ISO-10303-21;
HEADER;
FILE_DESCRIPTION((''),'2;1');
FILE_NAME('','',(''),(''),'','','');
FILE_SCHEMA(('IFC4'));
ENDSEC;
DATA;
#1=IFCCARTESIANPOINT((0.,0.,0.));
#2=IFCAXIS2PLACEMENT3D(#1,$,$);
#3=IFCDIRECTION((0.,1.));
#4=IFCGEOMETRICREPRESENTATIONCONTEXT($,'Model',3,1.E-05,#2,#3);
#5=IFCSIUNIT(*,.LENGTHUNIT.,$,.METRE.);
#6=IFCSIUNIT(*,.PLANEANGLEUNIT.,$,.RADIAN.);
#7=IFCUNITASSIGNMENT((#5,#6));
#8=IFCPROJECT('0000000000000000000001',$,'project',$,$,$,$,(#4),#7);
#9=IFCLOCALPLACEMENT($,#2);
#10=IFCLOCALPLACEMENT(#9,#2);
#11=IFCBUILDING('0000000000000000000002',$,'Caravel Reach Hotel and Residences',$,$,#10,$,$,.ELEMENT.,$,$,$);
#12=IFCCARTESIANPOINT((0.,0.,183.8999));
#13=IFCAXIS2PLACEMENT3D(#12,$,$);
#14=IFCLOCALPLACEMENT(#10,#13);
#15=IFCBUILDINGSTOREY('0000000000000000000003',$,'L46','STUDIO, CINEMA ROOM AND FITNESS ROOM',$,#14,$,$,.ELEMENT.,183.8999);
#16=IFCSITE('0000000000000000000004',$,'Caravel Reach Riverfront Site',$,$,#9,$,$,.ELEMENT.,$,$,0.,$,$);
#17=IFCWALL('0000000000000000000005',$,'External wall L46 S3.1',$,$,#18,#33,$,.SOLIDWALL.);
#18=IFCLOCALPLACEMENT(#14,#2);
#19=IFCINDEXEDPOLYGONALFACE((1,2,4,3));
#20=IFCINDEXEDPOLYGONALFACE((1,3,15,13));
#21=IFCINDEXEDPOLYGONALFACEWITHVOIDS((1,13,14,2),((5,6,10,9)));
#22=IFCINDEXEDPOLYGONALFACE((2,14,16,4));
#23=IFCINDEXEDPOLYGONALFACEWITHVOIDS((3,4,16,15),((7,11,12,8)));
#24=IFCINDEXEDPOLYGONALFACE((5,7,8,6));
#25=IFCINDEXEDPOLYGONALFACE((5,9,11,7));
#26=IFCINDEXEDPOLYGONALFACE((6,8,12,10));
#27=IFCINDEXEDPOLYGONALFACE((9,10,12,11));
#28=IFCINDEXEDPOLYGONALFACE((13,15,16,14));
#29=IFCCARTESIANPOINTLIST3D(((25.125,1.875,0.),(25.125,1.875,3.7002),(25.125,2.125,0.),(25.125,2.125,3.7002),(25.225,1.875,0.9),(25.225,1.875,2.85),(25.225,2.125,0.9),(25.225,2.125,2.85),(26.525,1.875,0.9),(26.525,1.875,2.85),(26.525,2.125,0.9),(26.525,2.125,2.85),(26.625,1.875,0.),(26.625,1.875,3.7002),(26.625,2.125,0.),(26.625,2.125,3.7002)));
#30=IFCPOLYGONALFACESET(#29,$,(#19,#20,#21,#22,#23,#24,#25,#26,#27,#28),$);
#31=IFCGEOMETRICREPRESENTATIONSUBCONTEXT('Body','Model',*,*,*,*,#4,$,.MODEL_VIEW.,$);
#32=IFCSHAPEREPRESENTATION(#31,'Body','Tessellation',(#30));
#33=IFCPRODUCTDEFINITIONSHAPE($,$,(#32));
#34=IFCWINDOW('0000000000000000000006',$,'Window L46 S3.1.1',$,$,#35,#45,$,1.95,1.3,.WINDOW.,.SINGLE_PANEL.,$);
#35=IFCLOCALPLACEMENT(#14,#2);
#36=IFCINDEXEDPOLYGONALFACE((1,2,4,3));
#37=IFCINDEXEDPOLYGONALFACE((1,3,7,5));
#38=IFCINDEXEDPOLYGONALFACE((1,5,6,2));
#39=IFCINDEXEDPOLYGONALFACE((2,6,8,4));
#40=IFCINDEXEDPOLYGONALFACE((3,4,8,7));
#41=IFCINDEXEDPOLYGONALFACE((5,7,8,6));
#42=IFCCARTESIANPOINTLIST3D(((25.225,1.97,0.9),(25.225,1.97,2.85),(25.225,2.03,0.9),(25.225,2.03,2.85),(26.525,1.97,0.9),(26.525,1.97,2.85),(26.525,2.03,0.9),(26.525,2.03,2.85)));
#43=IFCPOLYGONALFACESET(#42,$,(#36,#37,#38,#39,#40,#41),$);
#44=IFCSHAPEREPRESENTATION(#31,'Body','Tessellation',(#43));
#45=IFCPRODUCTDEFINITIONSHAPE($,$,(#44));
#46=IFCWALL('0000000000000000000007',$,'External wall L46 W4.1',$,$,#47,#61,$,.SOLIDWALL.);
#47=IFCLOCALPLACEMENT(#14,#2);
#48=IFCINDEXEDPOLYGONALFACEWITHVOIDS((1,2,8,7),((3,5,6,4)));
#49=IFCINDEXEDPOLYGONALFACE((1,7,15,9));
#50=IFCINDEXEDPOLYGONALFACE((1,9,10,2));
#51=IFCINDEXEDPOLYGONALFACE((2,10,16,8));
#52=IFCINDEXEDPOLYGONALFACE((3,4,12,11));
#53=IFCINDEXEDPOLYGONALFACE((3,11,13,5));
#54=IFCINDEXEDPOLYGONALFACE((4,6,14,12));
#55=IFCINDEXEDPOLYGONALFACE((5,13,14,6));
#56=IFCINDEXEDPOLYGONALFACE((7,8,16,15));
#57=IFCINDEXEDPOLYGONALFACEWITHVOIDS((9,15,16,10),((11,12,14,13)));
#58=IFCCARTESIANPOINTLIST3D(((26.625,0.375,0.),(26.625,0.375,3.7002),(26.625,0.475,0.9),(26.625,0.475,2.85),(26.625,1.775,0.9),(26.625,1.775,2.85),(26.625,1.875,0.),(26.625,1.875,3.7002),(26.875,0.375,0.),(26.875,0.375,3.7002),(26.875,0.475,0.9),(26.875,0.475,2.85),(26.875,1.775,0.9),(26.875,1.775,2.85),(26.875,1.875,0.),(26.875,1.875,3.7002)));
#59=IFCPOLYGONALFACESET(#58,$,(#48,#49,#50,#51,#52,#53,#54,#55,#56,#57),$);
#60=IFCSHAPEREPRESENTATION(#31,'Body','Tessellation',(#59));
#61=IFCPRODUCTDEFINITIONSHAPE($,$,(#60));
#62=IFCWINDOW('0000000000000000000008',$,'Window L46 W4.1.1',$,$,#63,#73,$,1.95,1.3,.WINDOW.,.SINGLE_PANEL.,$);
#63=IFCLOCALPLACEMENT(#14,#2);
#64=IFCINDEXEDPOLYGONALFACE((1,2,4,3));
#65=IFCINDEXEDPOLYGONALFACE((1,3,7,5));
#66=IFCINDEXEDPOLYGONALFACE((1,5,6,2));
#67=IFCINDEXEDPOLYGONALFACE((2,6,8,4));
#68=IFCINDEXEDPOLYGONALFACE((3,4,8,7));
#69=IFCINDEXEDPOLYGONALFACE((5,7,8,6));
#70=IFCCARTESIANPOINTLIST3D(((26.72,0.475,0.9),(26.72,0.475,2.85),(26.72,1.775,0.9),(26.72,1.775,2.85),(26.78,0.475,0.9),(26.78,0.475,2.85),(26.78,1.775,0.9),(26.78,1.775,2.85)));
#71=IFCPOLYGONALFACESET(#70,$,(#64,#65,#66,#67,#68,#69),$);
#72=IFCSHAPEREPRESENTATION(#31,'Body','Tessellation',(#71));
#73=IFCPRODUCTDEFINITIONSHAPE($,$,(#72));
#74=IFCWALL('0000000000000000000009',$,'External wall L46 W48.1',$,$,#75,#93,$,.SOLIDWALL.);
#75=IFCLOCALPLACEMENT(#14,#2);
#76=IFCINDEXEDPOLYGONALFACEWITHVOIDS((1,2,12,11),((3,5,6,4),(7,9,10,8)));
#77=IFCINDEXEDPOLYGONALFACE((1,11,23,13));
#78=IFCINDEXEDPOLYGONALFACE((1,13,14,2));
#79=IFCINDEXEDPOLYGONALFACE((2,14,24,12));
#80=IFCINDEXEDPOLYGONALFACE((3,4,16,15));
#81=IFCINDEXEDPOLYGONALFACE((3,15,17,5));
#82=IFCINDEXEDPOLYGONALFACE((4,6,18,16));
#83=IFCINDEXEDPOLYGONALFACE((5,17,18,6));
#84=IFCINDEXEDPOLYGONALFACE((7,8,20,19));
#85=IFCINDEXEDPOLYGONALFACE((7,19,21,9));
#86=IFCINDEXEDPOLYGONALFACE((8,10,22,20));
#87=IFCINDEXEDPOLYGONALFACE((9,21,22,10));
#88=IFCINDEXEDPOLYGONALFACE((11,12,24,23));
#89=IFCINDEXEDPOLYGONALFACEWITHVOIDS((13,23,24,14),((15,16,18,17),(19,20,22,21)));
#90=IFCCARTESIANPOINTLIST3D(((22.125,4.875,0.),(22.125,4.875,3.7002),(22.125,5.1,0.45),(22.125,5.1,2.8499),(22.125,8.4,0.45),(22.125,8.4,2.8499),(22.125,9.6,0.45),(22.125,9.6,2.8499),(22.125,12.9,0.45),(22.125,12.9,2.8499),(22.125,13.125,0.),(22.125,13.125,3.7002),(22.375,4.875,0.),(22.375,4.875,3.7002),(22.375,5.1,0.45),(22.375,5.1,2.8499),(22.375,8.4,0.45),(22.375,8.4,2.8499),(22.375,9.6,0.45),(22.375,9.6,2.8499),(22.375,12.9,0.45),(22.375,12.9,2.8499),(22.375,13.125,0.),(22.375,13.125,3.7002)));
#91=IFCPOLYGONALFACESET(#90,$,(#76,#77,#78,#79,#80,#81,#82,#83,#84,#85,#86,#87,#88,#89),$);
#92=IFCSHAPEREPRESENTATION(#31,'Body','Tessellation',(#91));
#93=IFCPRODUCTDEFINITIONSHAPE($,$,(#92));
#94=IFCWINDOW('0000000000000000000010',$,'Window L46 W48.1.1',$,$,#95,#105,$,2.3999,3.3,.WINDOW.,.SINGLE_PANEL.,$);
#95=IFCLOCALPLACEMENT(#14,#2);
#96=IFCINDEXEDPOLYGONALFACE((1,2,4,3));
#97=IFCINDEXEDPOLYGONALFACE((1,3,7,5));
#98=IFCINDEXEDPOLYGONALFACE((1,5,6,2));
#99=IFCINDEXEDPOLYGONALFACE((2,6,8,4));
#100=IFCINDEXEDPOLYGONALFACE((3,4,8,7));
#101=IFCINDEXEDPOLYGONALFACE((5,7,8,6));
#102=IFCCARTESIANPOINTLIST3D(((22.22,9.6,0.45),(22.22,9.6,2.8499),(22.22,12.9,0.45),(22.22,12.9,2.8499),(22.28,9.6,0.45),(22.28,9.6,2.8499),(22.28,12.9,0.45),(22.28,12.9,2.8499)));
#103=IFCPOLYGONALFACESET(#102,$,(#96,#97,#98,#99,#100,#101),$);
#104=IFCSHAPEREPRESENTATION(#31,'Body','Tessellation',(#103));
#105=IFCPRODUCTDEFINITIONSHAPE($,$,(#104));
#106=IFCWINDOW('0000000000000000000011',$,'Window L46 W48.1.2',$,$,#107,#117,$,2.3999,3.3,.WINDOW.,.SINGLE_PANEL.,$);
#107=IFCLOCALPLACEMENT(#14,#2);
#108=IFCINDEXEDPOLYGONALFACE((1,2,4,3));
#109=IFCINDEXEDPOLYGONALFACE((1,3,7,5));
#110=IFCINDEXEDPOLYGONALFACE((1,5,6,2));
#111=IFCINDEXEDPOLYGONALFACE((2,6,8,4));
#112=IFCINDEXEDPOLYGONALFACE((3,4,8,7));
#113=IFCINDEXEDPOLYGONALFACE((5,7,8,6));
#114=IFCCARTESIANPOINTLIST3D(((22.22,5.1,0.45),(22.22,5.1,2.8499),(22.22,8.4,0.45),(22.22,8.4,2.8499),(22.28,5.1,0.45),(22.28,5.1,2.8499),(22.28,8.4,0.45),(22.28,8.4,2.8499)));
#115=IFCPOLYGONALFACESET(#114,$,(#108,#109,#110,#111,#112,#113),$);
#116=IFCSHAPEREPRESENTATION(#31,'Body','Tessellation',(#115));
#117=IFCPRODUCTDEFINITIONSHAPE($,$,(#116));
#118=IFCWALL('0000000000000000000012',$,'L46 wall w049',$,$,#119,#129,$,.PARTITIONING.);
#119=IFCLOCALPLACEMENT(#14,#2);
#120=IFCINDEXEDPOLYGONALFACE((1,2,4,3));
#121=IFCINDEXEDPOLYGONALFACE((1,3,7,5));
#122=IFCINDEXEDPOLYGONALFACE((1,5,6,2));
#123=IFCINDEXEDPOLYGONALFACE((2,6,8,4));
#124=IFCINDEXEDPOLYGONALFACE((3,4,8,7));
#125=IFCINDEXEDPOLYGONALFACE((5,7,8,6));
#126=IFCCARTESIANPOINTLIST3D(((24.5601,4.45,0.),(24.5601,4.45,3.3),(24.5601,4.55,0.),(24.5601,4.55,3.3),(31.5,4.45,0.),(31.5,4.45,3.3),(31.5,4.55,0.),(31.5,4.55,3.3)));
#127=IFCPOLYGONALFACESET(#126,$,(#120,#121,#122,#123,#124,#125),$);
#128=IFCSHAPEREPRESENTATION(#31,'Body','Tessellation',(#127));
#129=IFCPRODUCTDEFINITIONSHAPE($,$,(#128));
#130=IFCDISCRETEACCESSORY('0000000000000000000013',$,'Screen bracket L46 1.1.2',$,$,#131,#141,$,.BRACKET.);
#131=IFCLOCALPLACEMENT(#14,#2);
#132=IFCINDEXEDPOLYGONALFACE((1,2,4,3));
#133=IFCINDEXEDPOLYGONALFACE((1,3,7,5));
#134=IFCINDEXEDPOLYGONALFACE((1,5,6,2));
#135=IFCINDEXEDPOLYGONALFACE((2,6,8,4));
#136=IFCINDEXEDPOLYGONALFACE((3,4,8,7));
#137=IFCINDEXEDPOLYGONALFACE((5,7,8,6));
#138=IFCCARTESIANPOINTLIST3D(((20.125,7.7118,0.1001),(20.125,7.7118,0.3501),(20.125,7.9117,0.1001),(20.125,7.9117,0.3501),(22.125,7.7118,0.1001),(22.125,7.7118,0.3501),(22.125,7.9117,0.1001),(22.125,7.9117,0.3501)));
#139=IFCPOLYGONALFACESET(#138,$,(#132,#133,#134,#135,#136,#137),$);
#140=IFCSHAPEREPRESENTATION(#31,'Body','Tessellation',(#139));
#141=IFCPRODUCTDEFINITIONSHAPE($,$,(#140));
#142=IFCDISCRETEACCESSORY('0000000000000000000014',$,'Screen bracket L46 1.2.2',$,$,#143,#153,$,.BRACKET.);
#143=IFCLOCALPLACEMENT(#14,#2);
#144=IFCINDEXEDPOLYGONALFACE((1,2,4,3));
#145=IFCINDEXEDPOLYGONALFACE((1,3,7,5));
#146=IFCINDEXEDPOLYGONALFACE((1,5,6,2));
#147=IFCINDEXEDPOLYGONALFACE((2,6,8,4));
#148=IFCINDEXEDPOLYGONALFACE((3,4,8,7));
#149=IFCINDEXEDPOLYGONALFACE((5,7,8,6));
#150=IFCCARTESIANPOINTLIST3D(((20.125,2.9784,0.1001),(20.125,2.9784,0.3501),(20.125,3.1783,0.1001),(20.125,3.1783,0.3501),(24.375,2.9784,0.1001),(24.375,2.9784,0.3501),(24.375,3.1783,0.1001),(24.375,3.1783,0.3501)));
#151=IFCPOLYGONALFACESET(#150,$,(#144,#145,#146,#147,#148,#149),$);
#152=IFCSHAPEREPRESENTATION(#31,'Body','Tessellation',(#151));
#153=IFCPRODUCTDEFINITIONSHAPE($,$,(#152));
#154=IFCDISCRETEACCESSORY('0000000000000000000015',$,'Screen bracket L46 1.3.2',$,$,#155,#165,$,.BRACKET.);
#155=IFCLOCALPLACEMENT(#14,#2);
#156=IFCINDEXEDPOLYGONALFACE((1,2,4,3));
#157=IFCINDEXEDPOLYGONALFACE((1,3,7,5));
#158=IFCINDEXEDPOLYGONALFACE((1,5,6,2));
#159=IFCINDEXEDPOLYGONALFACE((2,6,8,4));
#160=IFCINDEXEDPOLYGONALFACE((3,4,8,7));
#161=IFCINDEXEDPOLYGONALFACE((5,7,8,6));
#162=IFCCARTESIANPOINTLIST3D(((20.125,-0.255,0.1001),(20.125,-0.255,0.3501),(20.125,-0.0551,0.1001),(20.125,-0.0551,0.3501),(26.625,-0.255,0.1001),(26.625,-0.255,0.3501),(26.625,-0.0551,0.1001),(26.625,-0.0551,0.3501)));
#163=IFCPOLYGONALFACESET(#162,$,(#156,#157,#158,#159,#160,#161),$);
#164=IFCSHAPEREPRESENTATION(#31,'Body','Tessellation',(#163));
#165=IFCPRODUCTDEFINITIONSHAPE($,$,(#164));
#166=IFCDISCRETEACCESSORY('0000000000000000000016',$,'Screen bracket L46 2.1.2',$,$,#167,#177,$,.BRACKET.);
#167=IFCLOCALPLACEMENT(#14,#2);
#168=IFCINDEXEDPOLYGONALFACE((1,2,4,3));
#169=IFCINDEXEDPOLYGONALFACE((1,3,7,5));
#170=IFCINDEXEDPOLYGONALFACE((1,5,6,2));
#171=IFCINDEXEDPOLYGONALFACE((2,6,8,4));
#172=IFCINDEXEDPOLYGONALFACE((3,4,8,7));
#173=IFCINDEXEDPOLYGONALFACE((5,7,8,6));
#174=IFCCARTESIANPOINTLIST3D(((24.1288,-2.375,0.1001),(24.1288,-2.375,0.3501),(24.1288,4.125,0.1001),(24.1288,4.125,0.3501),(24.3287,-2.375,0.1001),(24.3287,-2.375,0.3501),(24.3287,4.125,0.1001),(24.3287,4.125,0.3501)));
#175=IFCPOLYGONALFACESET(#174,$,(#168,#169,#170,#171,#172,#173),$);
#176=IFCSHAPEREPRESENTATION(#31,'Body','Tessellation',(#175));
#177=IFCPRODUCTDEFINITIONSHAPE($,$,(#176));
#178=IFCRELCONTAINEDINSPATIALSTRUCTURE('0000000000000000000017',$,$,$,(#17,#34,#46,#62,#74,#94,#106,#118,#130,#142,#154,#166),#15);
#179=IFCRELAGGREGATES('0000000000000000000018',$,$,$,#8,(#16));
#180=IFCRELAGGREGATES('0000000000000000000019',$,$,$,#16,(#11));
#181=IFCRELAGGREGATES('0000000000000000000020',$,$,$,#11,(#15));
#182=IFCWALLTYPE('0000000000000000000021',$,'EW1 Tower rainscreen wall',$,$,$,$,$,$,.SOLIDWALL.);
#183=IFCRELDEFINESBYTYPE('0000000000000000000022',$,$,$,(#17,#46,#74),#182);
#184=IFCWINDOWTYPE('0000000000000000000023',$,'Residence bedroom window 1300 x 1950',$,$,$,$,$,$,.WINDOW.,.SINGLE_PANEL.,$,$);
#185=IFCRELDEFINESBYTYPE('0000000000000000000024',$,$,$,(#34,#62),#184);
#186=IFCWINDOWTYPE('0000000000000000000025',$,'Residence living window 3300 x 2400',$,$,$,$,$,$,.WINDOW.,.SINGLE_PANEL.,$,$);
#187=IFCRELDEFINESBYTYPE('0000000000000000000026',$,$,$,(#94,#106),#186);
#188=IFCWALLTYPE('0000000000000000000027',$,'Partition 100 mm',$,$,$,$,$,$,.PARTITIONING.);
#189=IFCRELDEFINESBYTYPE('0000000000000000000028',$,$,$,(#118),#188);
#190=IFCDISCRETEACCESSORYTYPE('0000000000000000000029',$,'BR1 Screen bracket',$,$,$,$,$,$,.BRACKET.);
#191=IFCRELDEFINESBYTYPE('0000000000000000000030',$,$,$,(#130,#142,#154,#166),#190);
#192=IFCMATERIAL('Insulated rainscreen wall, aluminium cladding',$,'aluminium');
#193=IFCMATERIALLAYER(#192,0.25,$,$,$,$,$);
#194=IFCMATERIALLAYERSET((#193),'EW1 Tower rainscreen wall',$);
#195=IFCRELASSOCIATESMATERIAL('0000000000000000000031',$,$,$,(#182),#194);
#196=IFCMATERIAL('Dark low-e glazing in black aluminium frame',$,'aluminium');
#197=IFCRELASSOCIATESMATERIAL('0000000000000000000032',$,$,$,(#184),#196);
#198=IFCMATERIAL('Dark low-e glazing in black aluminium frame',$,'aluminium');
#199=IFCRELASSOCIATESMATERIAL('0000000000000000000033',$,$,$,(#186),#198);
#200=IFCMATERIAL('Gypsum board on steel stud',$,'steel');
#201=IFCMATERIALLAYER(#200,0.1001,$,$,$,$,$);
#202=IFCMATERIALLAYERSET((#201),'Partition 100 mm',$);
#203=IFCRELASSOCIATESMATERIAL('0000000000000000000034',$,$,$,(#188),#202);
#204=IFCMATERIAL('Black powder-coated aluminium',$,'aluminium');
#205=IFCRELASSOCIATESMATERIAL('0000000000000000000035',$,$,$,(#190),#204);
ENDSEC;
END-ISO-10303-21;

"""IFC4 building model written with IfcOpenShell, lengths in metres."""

from ifc_helpers import new_model, si_unit, direction, frame, frame_2d, origin, origin_2d, place, context, subcontext, project, spatial, rectangle, extrude, material, layer, layer_set, type_object, element, fill, save


model = new_model("IFC4")

# Units and contexts
model_context = context("Model", 3, precision=1e-05, world=origin(), true_north=direction((0.0, 1.0)))
body_context = subcontext(model_context, "Body", "Model", "MODEL_VIEW")
ifc_project = project(units=[si_unit("LENGTHUNIT", "METRE"), si_unit("PLANEANGLEUNIT", "RADIAN")], contexts=[model_context])

# Site, building, storey
site_placement = place(None, origin())
site = spatial("IfcSite", under=ifc_project, at=site_placement, Name="Caravel Reach Riverfront Site", CompositionType="ELEMENT", RefElevation=0.0)
building_placement = place(site_placement, origin())
building = spatial("IfcBuilding", under=site, at=building_placement, Name="Caravel Reach Hotel and Residences", CompositionType="ELEMENT")
storey_placement = place(building_placement, frame((0.0, 0.0, 183.8999)))
storey = spatial("IfcBuildingStorey", under=building, at=storey_placement, Name="L46", Description="STUDIO, CINEMA ROOM AND FITNESS ROOM", CompositionType="ELEMENT", Elevation=183.8999)

# Walls, openings, windows
ifc_material_1 = material(Name="Insulated rainscreen wall, aluminium cladding", Category="aluminium")
ifc_layer_1 = layer(ifc_material_1, 0.25)
ifc_layer_set_1 = layer_set([ifc_layer_1], Name="EW1 Tower rainscreen wall")
wall_type_1 = type_object("IfcWallType", Name="EW1 Tower rainscreen wall", PredefinedType="SOLIDWALL", material=ifc_layer_set_1)
ifc_material_2 = material(Name="Dark low-e glazing in black aluminium frame", Category="aluminium")
window_type_1 = type_object("IfcWindowType", Name="Residence bedroom window 1300 x 1950", PartitioningType="SINGLE_PANEL", PredefinedType="WINDOW", material=ifc_material_2)
wall_1_placement = place(storey_placement, frame((25.125, 2.0, 0.0), z_axis=(0.0, 0.0, 1.0), x_axis=(1.0, 0.0, 0.0)))
wall_1 = element("IfcWall", 1, at=wall_1_placement, inside=storey, type_object=wall_type_1, Name="External wall L46 S3.1", PredefinedType="SOLIDWALL", context=body_context, shape_type="SweptSolid", body=[
    extrude(rectangle(XDim=1.5, YDim=0.25, at=frame_2d((0.75, 0.0))), origin(), (0.0, 0.0, 1.0), 3.7002),
])
opening_1_placement = place(wall_1_placement, frame((0.1001, 0.0, 0.8999)))
opening_1 = element("IfcOpeningElement", 2, at=opening_1_placement, cuts=wall_1, PredefinedType="OPENING", context=body_context, shape_type="SweptSolid", body=[
    extrude(rectangle(XDim=1.3, YDim=1.95, at=frame_2d((0.6499, 0.9751))), frame((0.0, 0.135, 0.0), z_axis=(0.0, -1.0, 0.0), x_axis=(1.0, 0.0, 0.0)), (0.0, 0.0, 1.0), 0.27),
])
window_1_placement = place(opening_1_placement, origin())
window_1 = element("IfcWindow", 3, at=window_1_placement, inside=storey, type_object=window_type_1, Name="Window L46 S3.1.1", OverallHeight=1.95, OverallWidth=1.3, PartitioningType="SINGLE_PANEL", PredefinedType="WINDOW", context=body_context, shape_type="SweptSolid", body=[
    extrude(rectangle(XDim=1.3, YDim=1.95, at=frame_2d((0.6499, 0.9751))), frame((0.0, 0.03, 0.0), z_axis=(0.0, -1.0, 0.0), x_axis=(1.0, 0.0, 0.0)), (0.0, 0.0, 1.0), 0.0601),
])
fill(opening_1, window_1)
wall_2_placement = place(storey_placement, frame((26.75, 1.875, 0.0), z_axis=(0.0, 0.0, 1.0), x_axis=(0.0, -1.0, 0.0)))
wall_2 = element("IfcWall", 4, at=wall_2_placement, inside=storey, type_object=wall_type_1, Name="External wall L46 W4.1", PredefinedType="SOLIDWALL", context=body_context, shape_type="SweptSolid", body=[
    extrude(rectangle(XDim=1.5, YDim=0.25, at=frame_2d((0.75, 0.0))), origin(), (0.0, 0.0, 1.0), 3.7002),
])
opening_2_placement = place(wall_2_placement, frame((0.1001, 0.0, 0.8999)))
opening_2 = element("IfcOpeningElement", 5, at=opening_2_placement, cuts=wall_2, PredefinedType="OPENING", context=body_context, shape_type="SweptSolid", body=[
    extrude(rectangle(XDim=1.3, YDim=1.95, at=frame_2d((0.6499, 0.9751))), frame((0.0, 0.135, 0.0), z_axis=(0.0, -1.0, 0.0), x_axis=(1.0, 0.0, 0.0)), (0.0, 0.0, 1.0), 0.27),
])
window_2_placement = place(opening_2_placement, origin())
window_2 = element("IfcWindow", 6, at=window_2_placement, inside=storey, type_object=window_type_1, Name="Window L46 W4.1.1", OverallHeight=1.95, OverallWidth=1.3, PartitioningType="SINGLE_PANEL", PredefinedType="WINDOW", context=body_context, shape_type="SweptSolid", body=[
    extrude(rectangle(XDim=1.3, YDim=1.95, at=frame_2d((0.6499, 0.9751))), frame((0.0, 0.03, 0.0), z_axis=(0.0, -1.0, 0.0), x_axis=(1.0, 0.0, 0.0)), (0.0, 0.0, 1.0), 0.0601),
])
fill(opening_2, window_2)

# Wall, openings, windows
wall_3_placement = place(storey_placement, frame((22.25, 13.125, 0.0), z_axis=(0.0, 0.0, 1.0), x_axis=(0.0, -1.0, 0.0)))
wall_3 = element("IfcWall", 7, at=wall_3_placement, inside=storey, type_object=wall_type_1, Name="External wall L46 W48.1", PredefinedType="SOLIDWALL", context=body_context, shape_type="SweptSolid", body=[
    extrude(rectangle(XDim=8.25, YDim=0.25, at=frame_2d((4.125, 0.0))), origin(), (0.0, 0.0, 1.0), 3.7002),
])
opening_3_placement = place(wall_3_placement, frame((0.2251, 0.0, 0.45)))
opening_3 = element("IfcOpeningElement", 8, at=opening_3_placement, cuts=wall_3, PredefinedType="OPENING", context=body_context, shape_type="SweptSolid", body=[
    extrude(rectangle(XDim=3.3, YDim=2.3999, at=frame_2d((1.6499, 1.2))), frame((0.0, 0.135, 0.0), z_axis=(0.0, -1.0, 0.0), x_axis=(1.0, 0.0, 0.0)), (0.0, 0.0, 1.0), 0.27),
])
opening_4_placement = place(wall_3_placement, frame((4.7251, 0.0, 0.45)))
opening_4 = element("IfcOpeningElement", 9, at=opening_4_placement, cuts=wall_3, PredefinedType="OPENING", context=body_context, shape_type="SweptSolid", body=[
    extrude(rectangle(XDim=3.3, YDim=2.3999, at=frame_2d((1.6499, 1.2))), frame((0.0, 0.135, 0.0), z_axis=(0.0, -1.0, 0.0), x_axis=(1.0, 0.0, 0.0)), (0.0, 0.0, 1.0), 0.27),
])
ifc_material_3 = material(Name="Dark low-e glazing in black aluminium frame", Category="aluminium")
window_type_2 = type_object("IfcWindowType", Name="Residence living window 3300 x 2400", PartitioningType="SINGLE_PANEL", PredefinedType="WINDOW", material=ifc_material_3)
window_3_placement = place(opening_3_placement, origin())
window_3 = element("IfcWindow", 10, at=window_3_placement, inside=storey, type_object=window_type_2, Name="Window L46 W48.1.1", OverallHeight=2.3999, OverallWidth=3.3, PartitioningType="SINGLE_PANEL", PredefinedType="WINDOW", context=body_context, shape_type="SweptSolid", body=[
    extrude(rectangle(XDim=3.3, YDim=2.3999, at=frame_2d((1.6499, 1.2))), frame((0.0, 0.03, 0.0), z_axis=(0.0, -1.0, 0.0), x_axis=(1.0, 0.0, 0.0)), (0.0, 0.0, 1.0), 0.0601),
])
fill(opening_3, window_3)
window_4_placement = place(opening_4_placement, origin())
window_4 = element("IfcWindow", 11, at=window_4_placement, inside=storey, type_object=window_type_2, Name="Window L46 W48.1.2", OverallHeight=2.3999, OverallWidth=3.3, PartitioningType="SINGLE_PANEL", PredefinedType="WINDOW", context=body_context, shape_type="SweptSolid", body=[
    extrude(rectangle(XDim=3.3, YDim=2.3999, at=frame_2d((1.6499, 1.2))), frame((0.0, 0.03, 0.0), z_axis=(0.0, -1.0, 0.0), x_axis=(1.0, 0.0, 0.0)), (0.0, 0.0, 1.0), 0.0601),
])
fill(opening_4, window_4)

# Wall
ifc_material_4 = material(Name="Gypsum board on steel stud", Category="steel")
ifc_layer_2 = layer(ifc_material_4, 0.1001)
ifc_layer_set_2 = layer_set([ifc_layer_2], Name="Partition 100 mm")
wall_type_2 = type_object("IfcWallType", Name="Partition 100 mm", PredefinedType="PARTITIONING", material=ifc_layer_set_2)
wall_4_placement = place(storey_placement, frame((24.5601, 4.5, 0.0), z_axis=(0.0, 0.0, 1.0), x_axis=(1.0, 0.0, 0.0)))
element("IfcWall", 12, at=wall_4_placement, inside=storey, type_object=wall_type_2, Name="L46 wall w049", PredefinedType="PARTITIONING", context=body_context, shape_type="SweptSolid", body=[
    extrude(rectangle(XDim=6.9399, YDim=0.1001, at=frame_2d((3.47, 0.0))), origin(), (0.0, 0.0, 1.0), 3.3),
])

# Discrete accessories
ifc_material_5 = material(Name="Black powder-coated aluminium", Category="aluminium")
discrete_accessory_type = type_object("IfcDiscreteAccessoryType", Name="BR1 Screen bracket", PredefinedType="BRACKET", material=ifc_material_5)
discrete_accessory_1_placement = place(storey_placement, frame((21.125, 7.8118, 0.1001), z_axis=(0.0, 0.0, 1.0), x_axis=(-1.0, 0.0, 0.0)))
element("IfcDiscreteAccessory", 13, at=discrete_accessory_1_placement, inside=storey, type_object=discrete_accessory_type, Name="Screen bracket L46 1.1.2", PredefinedType="BRACKET", context=body_context, shape_type="SweptSolid", body=[
    extrude(rectangle(XDim=2.0, YDim=0.2, at=origin_2d()), origin(), (0.0, 0.0, 1.0), 0.25),
])
discrete_accessory_2_placement = place(storey_placement, frame((22.25, 3.0784, 0.1001), z_axis=(0.0, 0.0, 1.0), x_axis=(-1.0, 0.0, 0.0)))
element("IfcDiscreteAccessory", 14, at=discrete_accessory_2_placement, inside=storey, type_object=discrete_accessory_type, Name="Screen bracket L46 1.2.2", PredefinedType="BRACKET", context=body_context, shape_type="SweptSolid", body=[
    extrude(rectangle(XDim=4.25, YDim=0.2, at=origin_2d()), origin(), (0.0, 0.0, 1.0), 0.25),
])
for number, where, z_axis, x_axis, name in (
    (15, (23.375, -0.155, 0.1001), (0.0, 0.0, 1.0), (-1.0, 0.0, 0.0), "Screen bracket L46 1.3.2"),
    (16, (24.2288, 0.875, 0.1001), (0.0, 0.0, 1.0), (0.0, -1.0, 0.0), "Screen bracket L46 2.1.2"),
):
    element("IfcDiscreteAccessory", number, at=place(storey_placement, frame(where, z_axis=z_axis, x_axis=x_axis)), inside=storey, type_object=discrete_accessory_type, Name=name, PredefinedType="BRACKET", context=body_context, shape_type="SweptSolid", body=[
        extrude(rectangle(XDim=6.5, YDim=0.2, at=origin_2d()), origin(), (0.0, 0.0, 1.0), 0.25),
    ])

save(model, "model.ifc")
